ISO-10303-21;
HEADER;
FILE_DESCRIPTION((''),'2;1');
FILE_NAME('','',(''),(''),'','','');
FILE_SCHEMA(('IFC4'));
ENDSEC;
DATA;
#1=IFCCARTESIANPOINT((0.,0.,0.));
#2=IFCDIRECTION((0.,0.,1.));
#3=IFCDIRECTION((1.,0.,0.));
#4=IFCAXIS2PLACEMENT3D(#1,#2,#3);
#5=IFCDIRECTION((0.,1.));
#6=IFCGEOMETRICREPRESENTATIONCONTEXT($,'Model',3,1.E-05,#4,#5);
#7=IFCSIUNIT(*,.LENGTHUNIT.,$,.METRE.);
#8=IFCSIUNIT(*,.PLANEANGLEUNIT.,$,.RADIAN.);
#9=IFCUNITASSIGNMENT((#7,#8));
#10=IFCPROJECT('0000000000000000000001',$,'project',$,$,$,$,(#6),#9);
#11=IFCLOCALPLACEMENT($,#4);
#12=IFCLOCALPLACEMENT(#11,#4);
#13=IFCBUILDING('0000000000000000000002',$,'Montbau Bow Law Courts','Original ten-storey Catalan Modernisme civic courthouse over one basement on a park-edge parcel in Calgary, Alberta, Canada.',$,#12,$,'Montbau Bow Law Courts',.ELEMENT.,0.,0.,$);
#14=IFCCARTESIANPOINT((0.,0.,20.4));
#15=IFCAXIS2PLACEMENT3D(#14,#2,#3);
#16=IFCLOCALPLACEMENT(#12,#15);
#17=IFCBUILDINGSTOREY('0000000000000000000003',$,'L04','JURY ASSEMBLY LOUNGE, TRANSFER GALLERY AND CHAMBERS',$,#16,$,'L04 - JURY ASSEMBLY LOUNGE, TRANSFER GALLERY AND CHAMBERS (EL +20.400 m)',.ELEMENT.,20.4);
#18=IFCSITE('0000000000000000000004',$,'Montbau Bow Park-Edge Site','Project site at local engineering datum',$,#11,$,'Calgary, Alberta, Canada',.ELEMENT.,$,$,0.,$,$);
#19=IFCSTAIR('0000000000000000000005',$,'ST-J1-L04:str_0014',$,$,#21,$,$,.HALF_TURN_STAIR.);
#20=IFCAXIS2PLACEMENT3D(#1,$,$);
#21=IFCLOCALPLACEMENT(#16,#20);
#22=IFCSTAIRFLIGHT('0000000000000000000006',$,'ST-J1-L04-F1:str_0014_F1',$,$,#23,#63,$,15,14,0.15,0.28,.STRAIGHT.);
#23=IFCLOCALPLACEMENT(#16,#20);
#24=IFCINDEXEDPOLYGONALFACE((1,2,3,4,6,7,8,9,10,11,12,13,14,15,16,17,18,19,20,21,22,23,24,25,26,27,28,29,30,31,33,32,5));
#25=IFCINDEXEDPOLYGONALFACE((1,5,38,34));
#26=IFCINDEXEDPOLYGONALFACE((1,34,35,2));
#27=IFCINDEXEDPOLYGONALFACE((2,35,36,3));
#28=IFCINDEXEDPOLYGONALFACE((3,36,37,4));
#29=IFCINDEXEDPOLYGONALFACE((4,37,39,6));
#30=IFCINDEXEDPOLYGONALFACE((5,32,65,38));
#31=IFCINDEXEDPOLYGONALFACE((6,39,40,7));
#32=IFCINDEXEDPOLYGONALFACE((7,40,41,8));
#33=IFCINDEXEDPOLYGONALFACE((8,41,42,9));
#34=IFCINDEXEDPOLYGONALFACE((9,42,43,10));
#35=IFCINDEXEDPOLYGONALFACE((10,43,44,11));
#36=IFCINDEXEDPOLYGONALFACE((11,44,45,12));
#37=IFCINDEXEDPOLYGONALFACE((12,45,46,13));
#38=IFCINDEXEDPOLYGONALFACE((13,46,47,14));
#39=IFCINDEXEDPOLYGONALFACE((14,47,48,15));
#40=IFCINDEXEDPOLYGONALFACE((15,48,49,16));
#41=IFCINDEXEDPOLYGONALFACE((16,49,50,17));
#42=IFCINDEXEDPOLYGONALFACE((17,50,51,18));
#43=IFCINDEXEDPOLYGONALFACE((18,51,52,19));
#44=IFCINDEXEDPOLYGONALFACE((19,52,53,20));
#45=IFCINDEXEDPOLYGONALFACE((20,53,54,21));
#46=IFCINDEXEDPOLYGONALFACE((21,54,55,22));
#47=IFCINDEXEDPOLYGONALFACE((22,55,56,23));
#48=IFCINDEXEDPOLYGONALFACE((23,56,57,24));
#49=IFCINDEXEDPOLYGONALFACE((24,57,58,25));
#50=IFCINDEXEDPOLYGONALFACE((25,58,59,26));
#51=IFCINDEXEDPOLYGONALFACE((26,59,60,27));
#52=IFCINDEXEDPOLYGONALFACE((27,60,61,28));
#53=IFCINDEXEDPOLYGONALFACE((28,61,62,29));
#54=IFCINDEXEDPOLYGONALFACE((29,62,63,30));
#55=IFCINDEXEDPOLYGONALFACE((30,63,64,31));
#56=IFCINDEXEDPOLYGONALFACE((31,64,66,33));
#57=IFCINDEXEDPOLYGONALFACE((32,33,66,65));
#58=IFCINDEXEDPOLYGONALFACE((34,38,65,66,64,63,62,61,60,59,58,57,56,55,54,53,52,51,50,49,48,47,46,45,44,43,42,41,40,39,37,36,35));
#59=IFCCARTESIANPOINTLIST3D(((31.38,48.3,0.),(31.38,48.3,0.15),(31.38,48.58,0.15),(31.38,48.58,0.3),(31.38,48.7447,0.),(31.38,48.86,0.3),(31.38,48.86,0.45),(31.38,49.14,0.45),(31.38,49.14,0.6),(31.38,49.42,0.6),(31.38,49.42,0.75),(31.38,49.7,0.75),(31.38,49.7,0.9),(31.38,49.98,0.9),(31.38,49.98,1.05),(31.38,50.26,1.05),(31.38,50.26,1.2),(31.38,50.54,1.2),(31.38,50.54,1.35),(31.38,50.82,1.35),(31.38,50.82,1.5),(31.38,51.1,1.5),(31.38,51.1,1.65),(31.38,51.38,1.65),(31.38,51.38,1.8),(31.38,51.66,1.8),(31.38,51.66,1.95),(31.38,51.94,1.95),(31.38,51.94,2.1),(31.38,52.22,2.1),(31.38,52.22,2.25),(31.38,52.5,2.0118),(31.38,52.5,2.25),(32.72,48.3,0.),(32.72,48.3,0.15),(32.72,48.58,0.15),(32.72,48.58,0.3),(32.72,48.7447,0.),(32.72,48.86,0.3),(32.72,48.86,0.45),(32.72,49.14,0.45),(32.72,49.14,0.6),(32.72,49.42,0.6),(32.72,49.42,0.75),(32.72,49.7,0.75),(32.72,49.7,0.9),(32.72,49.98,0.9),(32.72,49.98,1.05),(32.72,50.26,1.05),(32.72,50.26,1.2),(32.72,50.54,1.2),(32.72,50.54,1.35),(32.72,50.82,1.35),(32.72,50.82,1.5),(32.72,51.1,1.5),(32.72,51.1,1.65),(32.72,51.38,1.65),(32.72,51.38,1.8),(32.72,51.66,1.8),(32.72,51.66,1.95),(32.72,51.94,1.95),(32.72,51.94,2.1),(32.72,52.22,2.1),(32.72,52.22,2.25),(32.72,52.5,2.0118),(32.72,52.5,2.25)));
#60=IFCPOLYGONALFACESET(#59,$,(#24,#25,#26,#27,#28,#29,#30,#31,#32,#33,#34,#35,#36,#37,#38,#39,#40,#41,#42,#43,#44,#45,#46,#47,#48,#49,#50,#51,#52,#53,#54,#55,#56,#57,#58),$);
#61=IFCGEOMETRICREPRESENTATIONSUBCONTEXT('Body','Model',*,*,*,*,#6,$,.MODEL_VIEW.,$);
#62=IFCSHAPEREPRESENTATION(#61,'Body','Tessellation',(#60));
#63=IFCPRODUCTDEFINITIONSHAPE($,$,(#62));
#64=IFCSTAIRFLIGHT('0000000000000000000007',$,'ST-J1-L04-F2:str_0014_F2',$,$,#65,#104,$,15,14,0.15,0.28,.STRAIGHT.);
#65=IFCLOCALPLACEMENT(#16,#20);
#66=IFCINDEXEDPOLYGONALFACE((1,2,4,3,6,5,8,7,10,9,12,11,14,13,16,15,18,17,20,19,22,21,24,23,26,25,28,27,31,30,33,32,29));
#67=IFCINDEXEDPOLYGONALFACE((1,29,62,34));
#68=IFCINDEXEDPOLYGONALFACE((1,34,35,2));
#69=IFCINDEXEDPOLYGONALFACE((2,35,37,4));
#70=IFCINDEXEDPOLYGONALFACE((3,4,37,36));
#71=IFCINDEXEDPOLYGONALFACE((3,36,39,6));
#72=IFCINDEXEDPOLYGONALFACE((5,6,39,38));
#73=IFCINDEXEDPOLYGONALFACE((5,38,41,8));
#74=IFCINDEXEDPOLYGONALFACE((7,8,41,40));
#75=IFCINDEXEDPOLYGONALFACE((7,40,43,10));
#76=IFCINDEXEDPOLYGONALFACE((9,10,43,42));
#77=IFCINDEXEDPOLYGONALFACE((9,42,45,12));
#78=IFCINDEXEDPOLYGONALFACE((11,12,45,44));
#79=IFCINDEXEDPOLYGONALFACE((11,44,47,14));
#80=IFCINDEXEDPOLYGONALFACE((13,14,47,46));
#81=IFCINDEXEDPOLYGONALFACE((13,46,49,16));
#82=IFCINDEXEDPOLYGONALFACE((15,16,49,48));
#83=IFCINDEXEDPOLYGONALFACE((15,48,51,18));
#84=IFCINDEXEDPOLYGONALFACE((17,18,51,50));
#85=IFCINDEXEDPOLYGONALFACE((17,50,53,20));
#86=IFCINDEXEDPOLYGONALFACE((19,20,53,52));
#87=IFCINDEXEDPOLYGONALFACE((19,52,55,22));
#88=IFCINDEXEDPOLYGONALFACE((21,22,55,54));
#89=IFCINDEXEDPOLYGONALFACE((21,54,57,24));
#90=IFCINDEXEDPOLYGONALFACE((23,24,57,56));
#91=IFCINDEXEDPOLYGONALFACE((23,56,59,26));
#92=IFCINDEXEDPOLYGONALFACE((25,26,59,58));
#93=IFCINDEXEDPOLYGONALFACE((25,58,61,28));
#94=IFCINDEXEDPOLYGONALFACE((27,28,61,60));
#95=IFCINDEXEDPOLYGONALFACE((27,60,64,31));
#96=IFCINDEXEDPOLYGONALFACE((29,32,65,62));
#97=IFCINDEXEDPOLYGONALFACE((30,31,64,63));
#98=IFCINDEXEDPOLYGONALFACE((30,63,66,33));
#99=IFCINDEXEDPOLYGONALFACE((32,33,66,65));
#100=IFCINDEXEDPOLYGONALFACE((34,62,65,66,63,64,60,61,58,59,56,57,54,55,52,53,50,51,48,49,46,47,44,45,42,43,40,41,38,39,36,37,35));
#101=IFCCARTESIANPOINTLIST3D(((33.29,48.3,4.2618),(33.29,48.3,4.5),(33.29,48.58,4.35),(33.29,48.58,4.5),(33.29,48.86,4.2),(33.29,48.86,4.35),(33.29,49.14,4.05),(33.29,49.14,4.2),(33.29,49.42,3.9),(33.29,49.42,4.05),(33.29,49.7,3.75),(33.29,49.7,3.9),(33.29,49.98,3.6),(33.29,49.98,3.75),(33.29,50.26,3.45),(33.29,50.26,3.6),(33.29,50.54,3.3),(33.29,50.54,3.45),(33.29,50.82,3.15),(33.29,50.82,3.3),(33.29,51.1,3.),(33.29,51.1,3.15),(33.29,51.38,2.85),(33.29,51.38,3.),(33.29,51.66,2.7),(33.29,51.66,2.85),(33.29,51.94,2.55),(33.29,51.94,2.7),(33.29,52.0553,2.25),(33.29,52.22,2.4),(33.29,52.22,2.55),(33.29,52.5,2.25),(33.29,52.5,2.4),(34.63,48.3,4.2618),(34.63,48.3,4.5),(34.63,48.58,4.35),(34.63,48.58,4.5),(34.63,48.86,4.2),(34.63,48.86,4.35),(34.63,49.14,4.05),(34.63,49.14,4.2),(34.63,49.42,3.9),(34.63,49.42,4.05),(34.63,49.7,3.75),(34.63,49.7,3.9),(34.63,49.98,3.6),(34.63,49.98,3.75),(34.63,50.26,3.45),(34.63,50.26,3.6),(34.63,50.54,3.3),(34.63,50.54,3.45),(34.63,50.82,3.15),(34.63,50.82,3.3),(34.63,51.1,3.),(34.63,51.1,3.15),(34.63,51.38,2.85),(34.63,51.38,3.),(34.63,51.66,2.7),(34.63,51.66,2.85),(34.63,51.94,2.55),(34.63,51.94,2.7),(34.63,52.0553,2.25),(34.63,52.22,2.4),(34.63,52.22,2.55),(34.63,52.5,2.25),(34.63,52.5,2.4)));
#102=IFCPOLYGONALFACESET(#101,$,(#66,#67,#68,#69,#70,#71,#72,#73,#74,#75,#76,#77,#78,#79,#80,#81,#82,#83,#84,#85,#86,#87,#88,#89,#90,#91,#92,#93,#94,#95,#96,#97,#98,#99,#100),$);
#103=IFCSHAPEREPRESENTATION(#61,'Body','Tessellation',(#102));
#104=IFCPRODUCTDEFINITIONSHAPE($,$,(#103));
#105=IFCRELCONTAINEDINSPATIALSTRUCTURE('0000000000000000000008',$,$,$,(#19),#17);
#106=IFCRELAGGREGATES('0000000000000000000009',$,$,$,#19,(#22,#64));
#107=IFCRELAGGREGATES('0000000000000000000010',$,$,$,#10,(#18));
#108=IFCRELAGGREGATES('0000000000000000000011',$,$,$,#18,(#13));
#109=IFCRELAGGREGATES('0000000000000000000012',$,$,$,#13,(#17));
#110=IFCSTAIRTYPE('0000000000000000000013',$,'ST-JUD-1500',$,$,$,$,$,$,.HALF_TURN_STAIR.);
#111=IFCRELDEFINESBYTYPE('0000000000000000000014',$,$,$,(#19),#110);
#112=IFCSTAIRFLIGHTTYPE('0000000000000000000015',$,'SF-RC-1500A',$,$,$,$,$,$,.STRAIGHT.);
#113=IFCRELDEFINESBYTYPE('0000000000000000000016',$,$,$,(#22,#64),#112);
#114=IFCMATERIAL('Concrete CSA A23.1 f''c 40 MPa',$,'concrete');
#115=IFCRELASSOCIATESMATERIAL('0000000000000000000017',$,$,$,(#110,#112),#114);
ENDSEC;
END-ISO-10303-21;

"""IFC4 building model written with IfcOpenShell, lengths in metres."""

from ifc_helpers import new_model, si_unit, direction, frame, origin_with_axes, place, context, subcontext, project, spatial, polyline, outline, extrude, material, type_object, element, aggregate, save


model = new_model("IFC4")

# Units and contexts
model_context = context("Model", 3, precision=1e-05, world=origin_with_axes(), true_north=direction((0.0, 1.0)))
body_context = subcontext(model_context, "Body", "Model", "MODEL_VIEW")
ifc_project = project(units=[si_unit("LENGTHUNIT", "METRE"), si_unit("PLANEANGLEUNIT", "RADIAN")], contexts=[model_context])

# Site, building, storey
site_placement = place(None, origin_with_axes())
site = spatial("IfcSite", under=ifc_project, at=site_placement, Name="Montbau Bow Park-Edge Site", Description="Project site at local engineering datum", LongName="Calgary, Alberta, Canada", CompositionType="ELEMENT", RefElevation=0.0)
building_placement = place(site_placement, origin_with_axes())
building = spatial("IfcBuilding", under=site, at=building_placement, Name="Montbau Bow Law Courts", Description="Original ten-storey Catalan Modernisme civic courthouse over one basement on a park-edge parcel in Calgary, Alberta, Canada.", LongName="Montbau Bow Law Courts", CompositionType="ELEMENT", ElevationOfRefHeight=0.0, ElevationOfTerrain=0.0)
storey_placement = place(building_placement, frame((0.0, 0.0, 20.4), z_axis=(0.0, 0.0, 1.0), x_axis=(1.0, 0.0, 0.0)))
storey = spatial("IfcBuildingStorey", under=building, at=storey_placement, Name="L04", Description="JURY ASSEMBLY LOUNGE, TRANSFER GALLERY AND CHAMBERS", LongName="L04 - JURY ASSEMBLY LOUNGE, TRANSFER GALLERY AND CHAMBERS (EL +20.400 m)", CompositionType="ELEMENT", Elevation=20.4)

# Stair, stair flights
ifc_material_1 = material(Name="Concrete CSA A23.1 f'c 40 MPa", Category="concrete")
stair_type = type_object("IfcStairType", Name="ST-JUD-1500", PredefinedType="HALF_TURN_STAIR", material=ifc_material_1)
stair_placement = place(None, frame((32.05, 48.3, 20.4), z_axis=(0.0, 0.0, 1.0), x_axis=(1.0, 0.0, 0.0)))
stair = element("IfcStair", 1, at=stair_placement, inside=storey, type_object=stair_type, Name="ST-J1-L04:str_0014", PredefinedType="HALF_TURN_STAIR")
stair_flight_type = type_object("IfcStairFlightType", Name="SF-RC-1500A", PredefinedType="STRAIGHT", material=ifc_material_1)
stair_flight_1_placement = place(None, frame((32.05, 48.3, 20.4), z_axis=(0.0, 0.0, 1.0), x_axis=(0.0, 1.0, 0.0)))
stair_flight_1 = element("IfcStairFlight", 2, at=stair_flight_1_placement, type_object=stair_flight_type, Name="ST-J1-L04-F1:str_0014_F1", NumberOfRisers=15, NumberOfTreads=14, PredefinedType="STRAIGHT", RiserHeight=0.15, TreadLength=0.28, context=body_context, shape_type="SweptSolid", body=[
    extrude(outline(polyline([(0.0, 0.0), (0.0, 0.15), (0.28, 0.15), (0.28, 0.3), (0.56, 0.3), (0.56, 0.45), (0.84, 0.45), (0.84, 0.6), (1.12, 0.6), (1.12, 0.75), (1.4, 0.75), (1.4, 0.9), (1.68, 0.9), (1.68, 1.05), (1.96, 1.05), (1.96, 1.2), (2.24, 1.2), (2.24, 1.35), (2.52, 1.35), (2.52, 1.5), (2.8, 1.5), (2.8, 1.65), (3.08, 1.65), (3.08, 1.8), (3.36, 1.8), (3.36, 1.95), (3.64, 1.95), (3.64, 2.1), (3.92, 2.1), (3.92, 2.25), (4.2, 2.25), (4.2, 2.0118), (0.4447, 0.0), (0.0, 0.0)])), frame((0.0, 0.67, 0.0), z_axis=(0.0, -1.0, 0.0), x_axis=(1.0, 0.0, 0.0)), (0.0, 0.0, 1.0), 1.34),
])
stair_flight_2_placement = place(None, frame((33.96, 52.5, 22.65), z_axis=(0.0, 0.0, 1.0), x_axis=(0.0, -1.0, 0.0)))
stair_flight_2 = element("IfcStairFlight", 3, at=stair_flight_2_placement, type_object=stair_flight_type, Name="ST-J1-L04-F2:str_0014_F2", NumberOfRisers=15, NumberOfTreads=14, PredefinedType="STRAIGHT", RiserHeight=0.15, TreadLength=0.28, context=body_context, shape_type="SweptSolid", body=[
    extrude(outline(polyline([(0.0, 0.0), (0.0, 0.15), (0.28, 0.15), (0.28, 0.3), (0.56, 0.3), (0.56, 0.45), (0.84, 0.45), (0.84, 0.6), (1.12, 0.6), (1.12, 0.75), (1.4, 0.75), (1.4, 0.9), (1.68, 0.9), (1.68, 1.05), (1.96, 1.05), (1.96, 1.2), (2.24, 1.2), (2.24, 1.35), (2.52, 1.35), (2.52, 1.5), (2.8, 1.5), (2.8, 1.65), (3.08, 1.65), (3.08, 1.8), (3.36, 1.8), (3.36, 1.95), (3.64, 1.95), (3.64, 2.1), (3.92, 2.1), (3.92, 2.25), (4.2, 2.25), (4.2, 2.0118), (0.4447, 0.0), (0.0, 0.0)])), frame((0.0, 0.67, 0.0), z_axis=(0.0, -1.0, 0.0), x_axis=(1.0, 0.0, 0.0)), (0.0, 0.0, 1.0), 1.34),
])
aggregate(stair, [stair_flight_1, stair_flight_2])

save(model, "model.ifc")
